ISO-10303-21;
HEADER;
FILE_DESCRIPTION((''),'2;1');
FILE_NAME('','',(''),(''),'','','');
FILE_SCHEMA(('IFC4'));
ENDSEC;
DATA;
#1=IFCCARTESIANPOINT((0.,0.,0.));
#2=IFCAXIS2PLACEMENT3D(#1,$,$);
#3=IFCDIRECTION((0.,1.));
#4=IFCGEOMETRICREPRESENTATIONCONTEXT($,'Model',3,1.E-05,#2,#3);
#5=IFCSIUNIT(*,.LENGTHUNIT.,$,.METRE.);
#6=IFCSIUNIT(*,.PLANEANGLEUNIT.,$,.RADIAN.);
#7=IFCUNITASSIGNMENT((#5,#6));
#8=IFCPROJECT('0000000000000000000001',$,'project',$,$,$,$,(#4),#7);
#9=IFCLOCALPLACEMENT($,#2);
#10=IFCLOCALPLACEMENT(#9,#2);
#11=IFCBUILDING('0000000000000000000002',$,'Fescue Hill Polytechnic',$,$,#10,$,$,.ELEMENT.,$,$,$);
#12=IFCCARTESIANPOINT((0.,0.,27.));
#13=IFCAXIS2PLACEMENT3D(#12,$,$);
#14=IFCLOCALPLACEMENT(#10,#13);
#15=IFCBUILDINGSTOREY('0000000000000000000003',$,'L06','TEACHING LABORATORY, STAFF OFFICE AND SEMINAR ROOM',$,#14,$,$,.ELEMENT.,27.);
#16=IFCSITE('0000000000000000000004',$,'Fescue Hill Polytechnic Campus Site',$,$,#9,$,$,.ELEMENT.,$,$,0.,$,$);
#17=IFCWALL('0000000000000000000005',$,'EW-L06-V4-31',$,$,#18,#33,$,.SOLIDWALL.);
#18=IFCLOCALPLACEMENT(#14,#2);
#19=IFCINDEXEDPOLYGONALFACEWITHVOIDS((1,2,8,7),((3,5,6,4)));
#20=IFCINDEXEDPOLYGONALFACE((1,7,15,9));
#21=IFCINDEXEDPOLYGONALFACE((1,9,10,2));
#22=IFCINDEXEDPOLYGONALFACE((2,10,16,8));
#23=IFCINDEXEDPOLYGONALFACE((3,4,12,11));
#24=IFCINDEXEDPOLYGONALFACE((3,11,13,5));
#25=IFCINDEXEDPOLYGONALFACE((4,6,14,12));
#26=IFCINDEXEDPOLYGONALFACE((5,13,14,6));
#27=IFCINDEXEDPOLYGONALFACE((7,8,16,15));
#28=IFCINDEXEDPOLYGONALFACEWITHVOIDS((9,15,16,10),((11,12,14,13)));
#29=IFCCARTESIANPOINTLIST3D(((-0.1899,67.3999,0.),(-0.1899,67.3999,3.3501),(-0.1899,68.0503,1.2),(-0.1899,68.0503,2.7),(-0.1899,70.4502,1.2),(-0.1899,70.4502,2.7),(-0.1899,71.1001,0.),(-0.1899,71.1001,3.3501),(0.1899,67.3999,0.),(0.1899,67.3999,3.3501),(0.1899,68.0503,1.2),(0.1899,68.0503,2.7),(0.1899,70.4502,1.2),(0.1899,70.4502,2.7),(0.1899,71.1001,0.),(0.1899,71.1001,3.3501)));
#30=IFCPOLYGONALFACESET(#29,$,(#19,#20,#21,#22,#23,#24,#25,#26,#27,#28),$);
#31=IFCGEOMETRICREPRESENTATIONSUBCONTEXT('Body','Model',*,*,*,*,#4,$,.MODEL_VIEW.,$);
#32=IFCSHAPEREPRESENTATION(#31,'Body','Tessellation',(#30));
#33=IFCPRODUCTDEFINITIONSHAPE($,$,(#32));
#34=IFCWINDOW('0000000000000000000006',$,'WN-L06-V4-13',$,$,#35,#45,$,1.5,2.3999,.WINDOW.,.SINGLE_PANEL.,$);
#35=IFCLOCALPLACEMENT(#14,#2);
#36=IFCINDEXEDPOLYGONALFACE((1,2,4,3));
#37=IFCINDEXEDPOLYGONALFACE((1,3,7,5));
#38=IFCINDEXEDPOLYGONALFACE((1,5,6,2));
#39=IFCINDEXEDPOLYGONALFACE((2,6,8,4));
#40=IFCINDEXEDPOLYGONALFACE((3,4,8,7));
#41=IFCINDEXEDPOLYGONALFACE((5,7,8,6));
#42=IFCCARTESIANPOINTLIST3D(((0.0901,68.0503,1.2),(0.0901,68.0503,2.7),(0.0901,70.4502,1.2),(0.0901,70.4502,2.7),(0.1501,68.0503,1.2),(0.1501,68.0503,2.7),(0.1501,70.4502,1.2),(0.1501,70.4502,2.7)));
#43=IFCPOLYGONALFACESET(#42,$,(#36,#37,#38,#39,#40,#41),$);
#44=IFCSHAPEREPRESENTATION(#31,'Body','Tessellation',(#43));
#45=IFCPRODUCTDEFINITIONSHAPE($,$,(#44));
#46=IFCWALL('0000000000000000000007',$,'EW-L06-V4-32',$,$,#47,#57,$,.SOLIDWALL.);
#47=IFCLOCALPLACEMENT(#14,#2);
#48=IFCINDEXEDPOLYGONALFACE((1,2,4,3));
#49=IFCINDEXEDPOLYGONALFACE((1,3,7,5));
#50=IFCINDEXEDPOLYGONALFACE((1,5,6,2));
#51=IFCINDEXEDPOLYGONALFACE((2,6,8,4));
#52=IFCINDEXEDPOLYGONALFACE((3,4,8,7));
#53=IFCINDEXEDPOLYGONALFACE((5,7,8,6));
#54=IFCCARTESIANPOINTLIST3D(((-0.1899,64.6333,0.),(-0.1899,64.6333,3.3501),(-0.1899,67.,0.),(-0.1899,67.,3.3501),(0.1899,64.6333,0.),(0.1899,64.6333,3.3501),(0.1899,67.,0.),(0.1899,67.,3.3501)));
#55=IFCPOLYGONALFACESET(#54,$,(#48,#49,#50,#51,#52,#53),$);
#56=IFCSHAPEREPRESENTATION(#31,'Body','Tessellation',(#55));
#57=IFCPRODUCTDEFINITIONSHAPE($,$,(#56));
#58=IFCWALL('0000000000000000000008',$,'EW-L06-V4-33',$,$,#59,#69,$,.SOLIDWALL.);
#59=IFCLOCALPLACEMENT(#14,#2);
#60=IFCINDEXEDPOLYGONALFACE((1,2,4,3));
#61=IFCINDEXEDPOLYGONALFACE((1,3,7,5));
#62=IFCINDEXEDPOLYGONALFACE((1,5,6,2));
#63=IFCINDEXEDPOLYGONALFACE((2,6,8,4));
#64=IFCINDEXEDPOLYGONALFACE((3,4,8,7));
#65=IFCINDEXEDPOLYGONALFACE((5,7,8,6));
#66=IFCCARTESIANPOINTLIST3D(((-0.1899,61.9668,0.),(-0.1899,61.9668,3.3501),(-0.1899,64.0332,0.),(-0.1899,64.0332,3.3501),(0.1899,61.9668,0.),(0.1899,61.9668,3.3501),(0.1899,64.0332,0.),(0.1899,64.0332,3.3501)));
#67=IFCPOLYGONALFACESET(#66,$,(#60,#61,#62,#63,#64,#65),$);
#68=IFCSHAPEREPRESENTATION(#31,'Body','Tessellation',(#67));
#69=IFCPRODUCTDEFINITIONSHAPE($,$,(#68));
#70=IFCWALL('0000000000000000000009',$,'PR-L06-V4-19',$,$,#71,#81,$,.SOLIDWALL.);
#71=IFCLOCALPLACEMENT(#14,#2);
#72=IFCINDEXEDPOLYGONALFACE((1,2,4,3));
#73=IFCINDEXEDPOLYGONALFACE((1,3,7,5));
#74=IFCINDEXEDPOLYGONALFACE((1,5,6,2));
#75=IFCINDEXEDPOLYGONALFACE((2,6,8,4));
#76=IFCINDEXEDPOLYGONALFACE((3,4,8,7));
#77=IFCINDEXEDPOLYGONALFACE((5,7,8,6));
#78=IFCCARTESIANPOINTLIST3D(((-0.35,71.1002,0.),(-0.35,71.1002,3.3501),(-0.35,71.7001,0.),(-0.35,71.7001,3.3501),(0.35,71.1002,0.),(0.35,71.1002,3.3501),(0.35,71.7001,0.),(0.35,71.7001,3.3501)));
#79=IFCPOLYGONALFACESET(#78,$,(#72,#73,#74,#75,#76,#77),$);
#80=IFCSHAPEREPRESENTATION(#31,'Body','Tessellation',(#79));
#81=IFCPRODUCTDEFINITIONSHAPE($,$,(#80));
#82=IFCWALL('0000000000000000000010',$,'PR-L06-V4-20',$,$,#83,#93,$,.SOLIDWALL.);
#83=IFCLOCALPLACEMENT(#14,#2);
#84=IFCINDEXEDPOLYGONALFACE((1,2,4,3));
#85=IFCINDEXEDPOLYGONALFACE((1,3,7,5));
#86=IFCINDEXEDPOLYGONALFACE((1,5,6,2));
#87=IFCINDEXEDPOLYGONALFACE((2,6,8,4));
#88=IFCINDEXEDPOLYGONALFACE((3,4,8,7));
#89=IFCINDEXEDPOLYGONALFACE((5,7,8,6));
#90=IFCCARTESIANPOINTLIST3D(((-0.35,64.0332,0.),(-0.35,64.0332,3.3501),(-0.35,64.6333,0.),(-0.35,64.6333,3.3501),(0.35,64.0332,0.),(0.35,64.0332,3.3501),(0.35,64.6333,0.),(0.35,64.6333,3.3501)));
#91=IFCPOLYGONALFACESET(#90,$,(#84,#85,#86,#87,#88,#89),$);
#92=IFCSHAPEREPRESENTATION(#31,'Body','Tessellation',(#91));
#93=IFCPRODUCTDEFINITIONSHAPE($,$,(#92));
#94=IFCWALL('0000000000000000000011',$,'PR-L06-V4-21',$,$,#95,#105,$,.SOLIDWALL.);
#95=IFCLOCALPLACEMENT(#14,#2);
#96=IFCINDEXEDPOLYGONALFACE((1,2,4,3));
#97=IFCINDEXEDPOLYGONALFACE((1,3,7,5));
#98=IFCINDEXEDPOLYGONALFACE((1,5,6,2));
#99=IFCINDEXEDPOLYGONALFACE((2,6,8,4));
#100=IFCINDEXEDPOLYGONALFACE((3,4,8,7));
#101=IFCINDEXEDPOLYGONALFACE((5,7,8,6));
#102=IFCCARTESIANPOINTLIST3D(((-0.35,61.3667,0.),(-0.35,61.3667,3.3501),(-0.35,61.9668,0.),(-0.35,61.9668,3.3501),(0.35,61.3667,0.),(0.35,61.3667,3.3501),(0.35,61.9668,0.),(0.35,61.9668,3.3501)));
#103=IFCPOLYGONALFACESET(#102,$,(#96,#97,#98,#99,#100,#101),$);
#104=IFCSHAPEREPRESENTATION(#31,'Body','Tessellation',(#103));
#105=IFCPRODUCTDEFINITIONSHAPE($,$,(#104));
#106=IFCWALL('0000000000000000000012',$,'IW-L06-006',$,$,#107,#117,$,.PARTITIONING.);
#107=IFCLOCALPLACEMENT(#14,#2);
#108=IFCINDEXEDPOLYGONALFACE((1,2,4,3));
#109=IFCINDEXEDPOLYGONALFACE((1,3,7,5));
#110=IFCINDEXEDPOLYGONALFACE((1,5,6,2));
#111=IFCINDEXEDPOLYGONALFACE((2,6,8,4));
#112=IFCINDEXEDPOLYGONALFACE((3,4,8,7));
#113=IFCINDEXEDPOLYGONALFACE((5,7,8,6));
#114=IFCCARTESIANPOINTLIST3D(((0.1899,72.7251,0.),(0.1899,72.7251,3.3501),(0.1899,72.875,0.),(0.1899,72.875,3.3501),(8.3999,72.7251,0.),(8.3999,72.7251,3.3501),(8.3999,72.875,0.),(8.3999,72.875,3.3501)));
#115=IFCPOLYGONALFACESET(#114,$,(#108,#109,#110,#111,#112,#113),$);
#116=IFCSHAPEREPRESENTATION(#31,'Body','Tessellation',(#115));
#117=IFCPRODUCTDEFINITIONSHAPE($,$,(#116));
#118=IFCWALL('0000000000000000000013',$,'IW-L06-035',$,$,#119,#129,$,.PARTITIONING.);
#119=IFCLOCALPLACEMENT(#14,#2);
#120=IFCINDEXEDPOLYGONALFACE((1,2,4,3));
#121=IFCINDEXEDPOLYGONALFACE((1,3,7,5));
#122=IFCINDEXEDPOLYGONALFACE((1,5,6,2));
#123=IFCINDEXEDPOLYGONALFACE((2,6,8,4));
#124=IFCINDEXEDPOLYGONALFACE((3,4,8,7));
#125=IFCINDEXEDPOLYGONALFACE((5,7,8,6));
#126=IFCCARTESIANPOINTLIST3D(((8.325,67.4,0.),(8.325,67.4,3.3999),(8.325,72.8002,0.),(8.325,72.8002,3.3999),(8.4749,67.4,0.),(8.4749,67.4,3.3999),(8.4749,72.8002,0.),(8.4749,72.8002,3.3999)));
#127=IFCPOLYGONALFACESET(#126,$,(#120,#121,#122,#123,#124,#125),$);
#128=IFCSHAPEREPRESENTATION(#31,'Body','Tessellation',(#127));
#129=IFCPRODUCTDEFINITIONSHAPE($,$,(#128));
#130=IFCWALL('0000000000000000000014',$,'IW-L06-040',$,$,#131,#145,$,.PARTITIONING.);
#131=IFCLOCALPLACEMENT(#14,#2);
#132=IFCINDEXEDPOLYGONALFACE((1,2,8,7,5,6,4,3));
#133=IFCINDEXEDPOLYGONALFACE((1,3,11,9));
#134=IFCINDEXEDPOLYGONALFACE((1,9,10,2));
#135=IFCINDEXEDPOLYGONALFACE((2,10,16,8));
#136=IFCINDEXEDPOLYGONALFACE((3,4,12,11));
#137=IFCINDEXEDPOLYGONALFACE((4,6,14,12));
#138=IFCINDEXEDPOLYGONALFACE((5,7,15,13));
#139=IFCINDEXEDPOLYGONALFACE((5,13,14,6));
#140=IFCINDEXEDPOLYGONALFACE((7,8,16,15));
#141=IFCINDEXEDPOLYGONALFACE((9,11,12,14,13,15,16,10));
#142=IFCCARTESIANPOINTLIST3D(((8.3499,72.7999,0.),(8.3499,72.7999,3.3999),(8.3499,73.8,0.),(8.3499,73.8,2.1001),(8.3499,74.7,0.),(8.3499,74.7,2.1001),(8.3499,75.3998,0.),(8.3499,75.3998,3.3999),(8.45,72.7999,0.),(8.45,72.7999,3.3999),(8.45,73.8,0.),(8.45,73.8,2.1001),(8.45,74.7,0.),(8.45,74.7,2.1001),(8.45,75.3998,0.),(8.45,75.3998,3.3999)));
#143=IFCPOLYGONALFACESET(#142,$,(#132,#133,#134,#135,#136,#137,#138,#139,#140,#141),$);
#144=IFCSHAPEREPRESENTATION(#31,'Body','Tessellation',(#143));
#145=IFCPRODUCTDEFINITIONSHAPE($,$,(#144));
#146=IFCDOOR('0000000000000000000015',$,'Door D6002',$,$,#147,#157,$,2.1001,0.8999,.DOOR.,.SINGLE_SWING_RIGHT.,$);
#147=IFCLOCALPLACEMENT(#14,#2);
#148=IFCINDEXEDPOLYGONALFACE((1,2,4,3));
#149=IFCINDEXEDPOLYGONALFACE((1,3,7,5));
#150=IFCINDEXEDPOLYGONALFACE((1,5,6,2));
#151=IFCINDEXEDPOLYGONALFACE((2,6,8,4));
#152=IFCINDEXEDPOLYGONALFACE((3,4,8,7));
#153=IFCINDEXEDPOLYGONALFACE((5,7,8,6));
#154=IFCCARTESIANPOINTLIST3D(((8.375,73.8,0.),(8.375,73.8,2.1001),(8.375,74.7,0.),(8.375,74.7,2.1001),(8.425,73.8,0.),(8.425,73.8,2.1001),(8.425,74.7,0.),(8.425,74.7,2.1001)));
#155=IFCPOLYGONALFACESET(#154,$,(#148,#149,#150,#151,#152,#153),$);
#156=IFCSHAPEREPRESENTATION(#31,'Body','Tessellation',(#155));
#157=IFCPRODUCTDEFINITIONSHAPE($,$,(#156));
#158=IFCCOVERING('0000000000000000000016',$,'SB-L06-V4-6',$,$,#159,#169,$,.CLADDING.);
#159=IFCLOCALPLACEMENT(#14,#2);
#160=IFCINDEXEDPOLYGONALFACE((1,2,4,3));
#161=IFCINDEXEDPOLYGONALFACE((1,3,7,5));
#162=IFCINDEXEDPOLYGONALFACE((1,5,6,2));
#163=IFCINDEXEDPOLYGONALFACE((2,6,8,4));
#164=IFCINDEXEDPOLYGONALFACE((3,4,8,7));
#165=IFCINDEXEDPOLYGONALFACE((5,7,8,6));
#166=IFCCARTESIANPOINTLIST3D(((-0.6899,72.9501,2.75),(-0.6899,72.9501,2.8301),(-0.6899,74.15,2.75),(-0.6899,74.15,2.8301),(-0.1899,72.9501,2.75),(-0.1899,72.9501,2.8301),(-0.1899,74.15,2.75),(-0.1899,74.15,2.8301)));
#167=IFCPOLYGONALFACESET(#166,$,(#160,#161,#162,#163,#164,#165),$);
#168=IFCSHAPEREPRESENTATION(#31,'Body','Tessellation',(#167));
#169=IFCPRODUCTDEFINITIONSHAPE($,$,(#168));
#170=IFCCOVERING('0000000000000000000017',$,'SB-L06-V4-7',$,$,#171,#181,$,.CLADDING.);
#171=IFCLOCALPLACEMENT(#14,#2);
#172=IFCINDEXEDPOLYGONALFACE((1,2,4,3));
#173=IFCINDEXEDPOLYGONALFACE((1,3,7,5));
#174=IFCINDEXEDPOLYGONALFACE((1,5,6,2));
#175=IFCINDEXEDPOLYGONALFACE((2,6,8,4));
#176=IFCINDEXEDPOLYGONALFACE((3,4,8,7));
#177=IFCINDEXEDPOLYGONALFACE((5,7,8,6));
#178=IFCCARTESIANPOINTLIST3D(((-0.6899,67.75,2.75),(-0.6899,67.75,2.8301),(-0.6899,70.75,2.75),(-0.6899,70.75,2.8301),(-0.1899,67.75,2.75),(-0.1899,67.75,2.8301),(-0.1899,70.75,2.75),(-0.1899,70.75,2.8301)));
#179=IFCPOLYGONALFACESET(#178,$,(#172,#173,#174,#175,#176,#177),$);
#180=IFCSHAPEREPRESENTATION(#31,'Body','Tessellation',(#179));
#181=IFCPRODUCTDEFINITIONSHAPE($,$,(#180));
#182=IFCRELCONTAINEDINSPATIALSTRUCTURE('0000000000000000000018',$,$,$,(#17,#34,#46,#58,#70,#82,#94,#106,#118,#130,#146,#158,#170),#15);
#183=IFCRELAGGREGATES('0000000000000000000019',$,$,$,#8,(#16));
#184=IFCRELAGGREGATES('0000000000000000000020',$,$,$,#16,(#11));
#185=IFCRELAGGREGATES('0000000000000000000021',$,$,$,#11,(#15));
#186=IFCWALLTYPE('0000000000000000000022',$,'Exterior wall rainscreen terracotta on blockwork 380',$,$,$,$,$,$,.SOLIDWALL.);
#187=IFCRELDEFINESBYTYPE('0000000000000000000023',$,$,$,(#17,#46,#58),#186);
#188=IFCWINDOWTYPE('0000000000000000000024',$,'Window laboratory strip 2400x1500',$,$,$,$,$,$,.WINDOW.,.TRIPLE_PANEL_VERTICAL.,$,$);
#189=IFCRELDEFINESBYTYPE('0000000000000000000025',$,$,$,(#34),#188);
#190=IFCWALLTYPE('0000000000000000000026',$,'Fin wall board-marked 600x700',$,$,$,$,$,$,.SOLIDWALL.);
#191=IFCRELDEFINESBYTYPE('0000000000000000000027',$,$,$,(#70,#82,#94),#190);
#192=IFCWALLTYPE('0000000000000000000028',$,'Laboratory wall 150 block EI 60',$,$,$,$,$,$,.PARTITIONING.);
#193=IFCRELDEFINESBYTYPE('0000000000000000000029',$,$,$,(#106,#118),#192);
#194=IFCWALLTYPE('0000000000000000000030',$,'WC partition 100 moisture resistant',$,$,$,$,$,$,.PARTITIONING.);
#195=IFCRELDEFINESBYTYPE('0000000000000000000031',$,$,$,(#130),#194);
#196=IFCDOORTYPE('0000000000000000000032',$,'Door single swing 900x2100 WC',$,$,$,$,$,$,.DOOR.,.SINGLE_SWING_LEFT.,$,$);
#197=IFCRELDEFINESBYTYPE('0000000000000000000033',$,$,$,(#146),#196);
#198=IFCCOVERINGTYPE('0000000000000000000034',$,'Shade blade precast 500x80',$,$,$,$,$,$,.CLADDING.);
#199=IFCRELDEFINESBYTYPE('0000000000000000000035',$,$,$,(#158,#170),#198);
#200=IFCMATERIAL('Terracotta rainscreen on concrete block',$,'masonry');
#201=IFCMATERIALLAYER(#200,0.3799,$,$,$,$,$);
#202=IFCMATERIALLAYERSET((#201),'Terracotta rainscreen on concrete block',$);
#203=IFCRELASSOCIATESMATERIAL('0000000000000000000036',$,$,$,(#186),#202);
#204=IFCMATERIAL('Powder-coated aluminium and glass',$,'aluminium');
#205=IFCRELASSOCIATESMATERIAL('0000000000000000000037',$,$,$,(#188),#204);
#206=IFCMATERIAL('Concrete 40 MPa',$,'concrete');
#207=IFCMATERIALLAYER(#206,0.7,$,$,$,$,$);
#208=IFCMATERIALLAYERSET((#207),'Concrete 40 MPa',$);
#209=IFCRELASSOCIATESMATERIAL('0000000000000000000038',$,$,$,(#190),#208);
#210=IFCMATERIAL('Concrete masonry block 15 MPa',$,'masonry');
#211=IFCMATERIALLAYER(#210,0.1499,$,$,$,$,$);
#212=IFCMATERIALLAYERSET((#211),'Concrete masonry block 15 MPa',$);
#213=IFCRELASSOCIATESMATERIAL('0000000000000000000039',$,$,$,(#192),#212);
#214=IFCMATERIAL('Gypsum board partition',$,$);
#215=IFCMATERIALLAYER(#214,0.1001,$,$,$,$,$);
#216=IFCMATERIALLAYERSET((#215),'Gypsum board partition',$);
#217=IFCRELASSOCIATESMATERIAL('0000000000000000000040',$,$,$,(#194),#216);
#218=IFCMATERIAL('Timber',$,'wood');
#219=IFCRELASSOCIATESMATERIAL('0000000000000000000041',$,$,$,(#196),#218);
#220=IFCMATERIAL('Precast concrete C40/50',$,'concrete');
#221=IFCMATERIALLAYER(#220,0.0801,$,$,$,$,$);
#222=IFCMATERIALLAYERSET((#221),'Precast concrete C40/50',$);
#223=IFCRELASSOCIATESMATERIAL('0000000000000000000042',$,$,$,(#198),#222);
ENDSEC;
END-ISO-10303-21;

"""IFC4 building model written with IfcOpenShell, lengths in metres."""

from ifc_helpers import new_model, si_unit, direction, frame, frame_2d, origin, origin_2d, place, context, subcontext, project, spatial, rectangle, extrude, material, layer, layer_set, type_object, element, fill, save


model = new_model("IFC4")

# Units and contexts
model_context = context("Model", 3, precision=1e-05, world=origin(), true_north=direction((0.0, 1.0)))
body_context = subcontext(model_context, "Body", "Model", "MODEL_VIEW")
ifc_project = project(units=[si_unit("LENGTHUNIT", "METRE"), si_unit("PLANEANGLEUNIT", "RADIAN")], contexts=[model_context])

# Site, building, storey
site_placement = place(None, origin())
site = spatial("IfcSite", under=ifc_project, at=site_placement, Name="Fescue Hill Polytechnic Campus Site", CompositionType="ELEMENT", RefElevation=0.0)
building_placement = place(site_placement, origin())
building = spatial("IfcBuilding", under=site, at=building_placement, Name="Fescue Hill Polytechnic", CompositionType="ELEMENT")
storey_placement = place(building_placement, frame((0.0, 0.0, 27.0)))
storey = spatial("IfcBuildingStorey", under=building, at=storey_placement, Name="L06", Description="TEACHING LABORATORY, STAFF OFFICE AND SEMINAR ROOM", CompositionType="ELEMENT", Elevation=27.0)

# Shared definitions
ifc_material_1 = material(Name="Concrete 40 MPa", Category="concrete")

# Wall, opening, window
ifc_material_2 = material(Name="Terracotta rainscreen on concrete block", Category="masonry")
ifc_layer_1 = layer(ifc_material_2, 0.3799)
ifc_layer_set_1 = layer_set([ifc_layer_1], Name="Terracotta rainscreen on concrete block")
wall_type_1 = type_object("IfcWallType", Name="Exterior wall rainscreen terracotta on blockwork 380", PredefinedType="SOLIDWALL", material=ifc_layer_set_1)
ifc_material_3 = material(Name="Powder-coated aluminium and glass", Category="aluminium")
wall_1_placement = place(storey_placement, frame((0.0, 71.1001, 0.0), z_axis=(0.0, 0.0, 1.0), x_axis=(0.0, -1.0, 0.0)))
wall_1 = element("IfcWall", 1, at=wall_1_placement, inside=storey, type_object=wall_type_1, Name="EW-L06-V4-31", PredefinedType="SOLIDWALL", context=body_context, shape_type="SweptSolid", body=[
    extrude(rectangle(XDim=3.7002, YDim=0.3799, at=frame_2d((1.8501, 0.0))), origin(), (0.0, 0.0, 1.0), 3.3501),
])
opening_1_placement = place(wall_1_placement, frame((0.6499, 0.0, 1.2)))
opening_1 = element("IfcOpeningElement", 2, at=opening_1_placement, cuts=wall_1, PredefinedType="OPENING", context=body_context, shape_type="SweptSolid", body=[
    extrude(rectangle(XDim=2.3999, YDim=1.5, at=frame_2d((1.2, 0.75))), frame((0.0, 0.2, 0.0), z_axis=(0.0, -1.0, 0.0), x_axis=(1.0, 0.0, 0.0)), (0.0, 0.0, 1.0), 0.3999),
])
window_type_1 = type_object("IfcWindowType", Name="Window laboratory strip 2400x1500", PartitioningType="TRIPLE_PANEL_VERTICAL", PredefinedType="WINDOW", material=ifc_material_3)
window_1_placement = place(opening_1_placement, origin())
window_1 = element("IfcWindow", 3, at=window_1_placement, inside=storey, type_object=window_type_1, Name="WN-L06-V4-13", OverallHeight=1.5, OverallWidth=2.3999, PartitioningType="SINGLE_PANEL", PredefinedType="WINDOW", context=body_context, shape_type="SweptSolid", body=[
    extrude(rectangle(XDim=2.3999, YDim=1.5, at=frame_2d((1.2, 0.75))), frame((0.0, 0.1501, 0.0), z_axis=(0.0, -1.0, 0.0), x_axis=(1.0, 0.0, 0.0)), (0.0, 0.0, 1.0), 0.0601),
])
fill(opening_1, window_1)

# Walls
wall_2_placement = place(storey_placement, frame((0.0, 67.0, 0.0), z_axis=(0.0, 0.0, 1.0), x_axis=(0.0, -1.0, 0.0)))
element("IfcWall", 4, at=wall_2_placement, inside=storey, type_object=wall_type_1, Name="EW-L06-V4-32", PredefinedType="SOLIDWALL", context=body_context, shape_type="SweptSolid", body=[
    extrude(rectangle(XDim=2.3667, YDim=0.3799, at=frame_2d((1.1833, 0.0))), origin(), (0.0, 0.0, 1.0), 3.3501),
])
wall_3_placement = place(storey_placement, frame((0.0, 64.0332, 0.0), z_axis=(0.0, 0.0, 1.0), x_axis=(0.0, -1.0, 0.0)))
element("IfcWall", 5, at=wall_3_placement, inside=storey, type_object=wall_type_1, Name="EW-L06-V4-33", PredefinedType="SOLIDWALL", context=body_context, shape_type="SweptSolid", body=[
    extrude(rectangle(XDim=2.0664, YDim=0.3799, at=frame_2d((1.0332, 0.0))), origin(), (0.0, 0.0, 1.0), 3.3501),
])
ifc_layer_2 = layer(ifc_material_1, 0.7)
ifc_layer_set_2 = layer_set([ifc_layer_2], Name="Concrete 40 MPa")
wall_type_2 = type_object("IfcWallType", Name="Fin wall board-marked 600x700", PredefinedType="SOLIDWALL", material=ifc_layer_set_2)
wall_4_placement = place(storey_placement, frame((0.0, 71.7, 0.0), z_axis=(0.0, 0.0, 1.0), x_axis=(0.0, -1.0, 0.0)))
element("IfcWall", 6, at=wall_4_placement, inside=storey, type_object=wall_type_2, Name="PR-L06-V4-19", PredefinedType="SOLIDWALL", context=body_context, shape_type="SweptSolid", body=[
    extrude(rectangle(XDim=0.5999, YDim=0.7, at=frame_2d((0.2998, 0.0))), origin(), (0.0, 0.0, 1.0), 3.3501),
])
for number, where, z_axis, x_axis, name in (
    (7, (0.0, 64.6333, 0.0), (0.0, 0.0, 1.0), (0.0, -1.0, 0.0), "PR-L06-V4-20"),
    (8, (0.0, 61.9668, 0.0), (0.0, 0.0, 1.0), (0.0, -1.0, 0.0), "PR-L06-V4-21"),
):
    element("IfcWall", number, at=place(storey_placement, frame(where, z_axis=z_axis, x_axis=x_axis)), inside=storey, type_object=wall_type_2, Name=name, PredefinedType="SOLIDWALL", context=body_context, shape_type="SweptSolid", body=[
        extrude(rectangle(XDim=0.6001, YDim=0.7, at=frame_2d((0.3, 0.0))), origin(), (0.0, 0.0, 1.0), 3.3501),
    ])
ifc_material_4 = material(Name="Concrete masonry block 15 MPa", Category="masonry")
ifc_layer_3 = layer(ifc_material_4, 0.1499)
ifc_layer_set_3 = layer_set([ifc_layer_3], Name="Concrete masonry block 15 MPa")
wall_type_3 = type_object("IfcWallType", Name="Laboratory wall 150 block EI 60", PredefinedType="PARTITIONING", material=ifc_layer_set_3)
wall_5_placement = place(storey_placement, frame((0.1899, 72.8, 0.0), z_axis=(0.0, 0.0, 1.0), x_axis=(1.0, 0.0, 0.0)))
element("IfcWall", 9, at=wall_5_placement, inside=storey, type_object=wall_type_3, Name="IW-L06-006", PredefinedType="PARTITIONING", context=body_context, shape_type="SweptSolid", body=[
    extrude(rectangle(XDim=8.21, YDim=0.1499, at=frame_2d((4.105, 0.0))), origin(), (0.0, 0.0, 1.0), 3.3501),
])
wall_6_placement = place(storey_placement, frame((8.3999, 67.3999, 0.0), z_axis=(0.0, 0.0, 1.0), x_axis=(0.0, 1.0, 0.0)))
element("IfcWall", 10, at=wall_6_placement, inside=storey, type_object=wall_type_3, Name="IW-L06-035", PredefinedType="PARTITIONING", context=body_context, shape_type="SweptSolid", body=[
    extrude(rectangle(XDim=5.4001, YDim=0.1499, at=frame_2d((2.7002, 0.0))), origin(), (0.0, 0.0, 1.0), 3.3999),
])

# Wall, opening, door
ifc_material_5 = material(Name="Gypsum board partition")
ifc_layer_4 = layer(ifc_material_5, 0.1001)
ifc_layer_set_4 = layer_set([ifc_layer_4], Name="Gypsum board partition")
wall_type_4 = type_object("IfcWallType", Name="WC partition 100 moisture resistant", PredefinedType="PARTITIONING", material=ifc_layer_set_4)
wall_7_placement = place(storey_placement, frame((8.3999, 72.8, 0.0), z_axis=(0.0, 0.0, 1.0), x_axis=(0.0, 1.0, 0.0)))
wall_7 = element("IfcWall", 11, at=wall_7_placement, inside=storey, type_object=wall_type_4, Name="IW-L06-040", PredefinedType="PARTITIONING", context=body_context, shape_type="SweptSolid", body=[
    extrude(rectangle(XDim=2.5999, YDim=0.1001, at=frame_2d((1.2998, 0.0))), origin(), (0.0, 0.0, 1.0), 3.3999),
])
opening_2_placement = place(wall_7_placement, frame((1.0, 0.0, 0.0)))
opening_2 = element("IfcOpeningElement", 12, at=opening_2_placement, cuts=wall_7, PredefinedType="OPENING", context=body_context, shape_type="SweptSolid", body=[
    extrude(rectangle(XDim=0.8999, YDim=2.1001, at=frame_2d((0.45, 1.05))), frame((0.0, 0.0601, 0.0), z_axis=(0.0, -1.0, 0.0), x_axis=(1.0, 0.0, 0.0)), (0.0, 0.0, 1.0), 0.1201),
])
ifc_material_6 = material(Name="Timber", Category="wood")
door_type = type_object("IfcDoorType", Name="Door single swing 900x2100 WC", OperationType="SINGLE_SWING_LEFT", PredefinedType="DOOR", material=ifc_material_6)
door_placement = place(opening_2_placement, origin())
door = element("IfcDoor", 13, at=door_placement, inside=storey, type_object=door_type, Name="Door D6002", OperationType="SINGLE_SWING_RIGHT", OverallHeight=2.1001, OverallWidth=0.8999, PredefinedType="DOOR", context=body_context, shape_type="SweptSolid", body=[
    extrude(rectangle(XDim=0.8999, YDim=2.1001, at=frame_2d((0.45, 1.05))), frame((0.0, 0.0249, 0.0), z_axis=(0.0, -1.0, 0.0), x_axis=(1.0, 0.0, 0.0)), (0.0, 0.0, 1.0), 0.05),
])
fill(opening_2, door)

# Coverings
ifc_material_7 = material(Name="Precast concrete C40/50", Category="concrete")
ifc_layer_5 = layer(ifc_material_7, 0.0801)
ifc_layer_set_5 = layer_set([ifc_layer_5], Name="Precast concrete C40/50")
covering_type = type_object("IfcCoveringType", Name="Shade blade precast 500x80", PredefinedType="CLADDING", material=ifc_layer_set_5)
covering_1_placement = place(storey_placement, frame((-0.4399, 73.55, 2.75), z_axis=(0.0, 0.0, 1.0), x_axis=(0.0, -1.0, 0.0)))
element("IfcCovering", 14, at=covering_1_placement, inside=storey, type_object=covering_type, Name="SB-L06-V4-6", PredefinedType="CLADDING", context=body_context, shape_type="SweptSolid", body=[
    extrude(rectangle(XDim=1.2, YDim=0.5, at=origin_2d()), origin(), (0.0, 0.0, 1.0), 0.0801),
])
covering_2_placement = place(storey_placement, frame((-0.4399, 69.25, 2.75), z_axis=(0.0, 0.0, 1.0), x_axis=(0.0, -1.0, 0.0)))
element("IfcCovering", 15, at=covering_2_placement, inside=storey, type_object=covering_type, Name="SB-L06-V4-7", PredefinedType="CLADDING", context=body_context, shape_type="SweptSolid", body=[
    extrude(rectangle(XDim=3.0, YDim=0.5, at=origin_2d()), origin(), (0.0, 0.0, 1.0), 0.0801),
])

save(model, "model.ifc")
